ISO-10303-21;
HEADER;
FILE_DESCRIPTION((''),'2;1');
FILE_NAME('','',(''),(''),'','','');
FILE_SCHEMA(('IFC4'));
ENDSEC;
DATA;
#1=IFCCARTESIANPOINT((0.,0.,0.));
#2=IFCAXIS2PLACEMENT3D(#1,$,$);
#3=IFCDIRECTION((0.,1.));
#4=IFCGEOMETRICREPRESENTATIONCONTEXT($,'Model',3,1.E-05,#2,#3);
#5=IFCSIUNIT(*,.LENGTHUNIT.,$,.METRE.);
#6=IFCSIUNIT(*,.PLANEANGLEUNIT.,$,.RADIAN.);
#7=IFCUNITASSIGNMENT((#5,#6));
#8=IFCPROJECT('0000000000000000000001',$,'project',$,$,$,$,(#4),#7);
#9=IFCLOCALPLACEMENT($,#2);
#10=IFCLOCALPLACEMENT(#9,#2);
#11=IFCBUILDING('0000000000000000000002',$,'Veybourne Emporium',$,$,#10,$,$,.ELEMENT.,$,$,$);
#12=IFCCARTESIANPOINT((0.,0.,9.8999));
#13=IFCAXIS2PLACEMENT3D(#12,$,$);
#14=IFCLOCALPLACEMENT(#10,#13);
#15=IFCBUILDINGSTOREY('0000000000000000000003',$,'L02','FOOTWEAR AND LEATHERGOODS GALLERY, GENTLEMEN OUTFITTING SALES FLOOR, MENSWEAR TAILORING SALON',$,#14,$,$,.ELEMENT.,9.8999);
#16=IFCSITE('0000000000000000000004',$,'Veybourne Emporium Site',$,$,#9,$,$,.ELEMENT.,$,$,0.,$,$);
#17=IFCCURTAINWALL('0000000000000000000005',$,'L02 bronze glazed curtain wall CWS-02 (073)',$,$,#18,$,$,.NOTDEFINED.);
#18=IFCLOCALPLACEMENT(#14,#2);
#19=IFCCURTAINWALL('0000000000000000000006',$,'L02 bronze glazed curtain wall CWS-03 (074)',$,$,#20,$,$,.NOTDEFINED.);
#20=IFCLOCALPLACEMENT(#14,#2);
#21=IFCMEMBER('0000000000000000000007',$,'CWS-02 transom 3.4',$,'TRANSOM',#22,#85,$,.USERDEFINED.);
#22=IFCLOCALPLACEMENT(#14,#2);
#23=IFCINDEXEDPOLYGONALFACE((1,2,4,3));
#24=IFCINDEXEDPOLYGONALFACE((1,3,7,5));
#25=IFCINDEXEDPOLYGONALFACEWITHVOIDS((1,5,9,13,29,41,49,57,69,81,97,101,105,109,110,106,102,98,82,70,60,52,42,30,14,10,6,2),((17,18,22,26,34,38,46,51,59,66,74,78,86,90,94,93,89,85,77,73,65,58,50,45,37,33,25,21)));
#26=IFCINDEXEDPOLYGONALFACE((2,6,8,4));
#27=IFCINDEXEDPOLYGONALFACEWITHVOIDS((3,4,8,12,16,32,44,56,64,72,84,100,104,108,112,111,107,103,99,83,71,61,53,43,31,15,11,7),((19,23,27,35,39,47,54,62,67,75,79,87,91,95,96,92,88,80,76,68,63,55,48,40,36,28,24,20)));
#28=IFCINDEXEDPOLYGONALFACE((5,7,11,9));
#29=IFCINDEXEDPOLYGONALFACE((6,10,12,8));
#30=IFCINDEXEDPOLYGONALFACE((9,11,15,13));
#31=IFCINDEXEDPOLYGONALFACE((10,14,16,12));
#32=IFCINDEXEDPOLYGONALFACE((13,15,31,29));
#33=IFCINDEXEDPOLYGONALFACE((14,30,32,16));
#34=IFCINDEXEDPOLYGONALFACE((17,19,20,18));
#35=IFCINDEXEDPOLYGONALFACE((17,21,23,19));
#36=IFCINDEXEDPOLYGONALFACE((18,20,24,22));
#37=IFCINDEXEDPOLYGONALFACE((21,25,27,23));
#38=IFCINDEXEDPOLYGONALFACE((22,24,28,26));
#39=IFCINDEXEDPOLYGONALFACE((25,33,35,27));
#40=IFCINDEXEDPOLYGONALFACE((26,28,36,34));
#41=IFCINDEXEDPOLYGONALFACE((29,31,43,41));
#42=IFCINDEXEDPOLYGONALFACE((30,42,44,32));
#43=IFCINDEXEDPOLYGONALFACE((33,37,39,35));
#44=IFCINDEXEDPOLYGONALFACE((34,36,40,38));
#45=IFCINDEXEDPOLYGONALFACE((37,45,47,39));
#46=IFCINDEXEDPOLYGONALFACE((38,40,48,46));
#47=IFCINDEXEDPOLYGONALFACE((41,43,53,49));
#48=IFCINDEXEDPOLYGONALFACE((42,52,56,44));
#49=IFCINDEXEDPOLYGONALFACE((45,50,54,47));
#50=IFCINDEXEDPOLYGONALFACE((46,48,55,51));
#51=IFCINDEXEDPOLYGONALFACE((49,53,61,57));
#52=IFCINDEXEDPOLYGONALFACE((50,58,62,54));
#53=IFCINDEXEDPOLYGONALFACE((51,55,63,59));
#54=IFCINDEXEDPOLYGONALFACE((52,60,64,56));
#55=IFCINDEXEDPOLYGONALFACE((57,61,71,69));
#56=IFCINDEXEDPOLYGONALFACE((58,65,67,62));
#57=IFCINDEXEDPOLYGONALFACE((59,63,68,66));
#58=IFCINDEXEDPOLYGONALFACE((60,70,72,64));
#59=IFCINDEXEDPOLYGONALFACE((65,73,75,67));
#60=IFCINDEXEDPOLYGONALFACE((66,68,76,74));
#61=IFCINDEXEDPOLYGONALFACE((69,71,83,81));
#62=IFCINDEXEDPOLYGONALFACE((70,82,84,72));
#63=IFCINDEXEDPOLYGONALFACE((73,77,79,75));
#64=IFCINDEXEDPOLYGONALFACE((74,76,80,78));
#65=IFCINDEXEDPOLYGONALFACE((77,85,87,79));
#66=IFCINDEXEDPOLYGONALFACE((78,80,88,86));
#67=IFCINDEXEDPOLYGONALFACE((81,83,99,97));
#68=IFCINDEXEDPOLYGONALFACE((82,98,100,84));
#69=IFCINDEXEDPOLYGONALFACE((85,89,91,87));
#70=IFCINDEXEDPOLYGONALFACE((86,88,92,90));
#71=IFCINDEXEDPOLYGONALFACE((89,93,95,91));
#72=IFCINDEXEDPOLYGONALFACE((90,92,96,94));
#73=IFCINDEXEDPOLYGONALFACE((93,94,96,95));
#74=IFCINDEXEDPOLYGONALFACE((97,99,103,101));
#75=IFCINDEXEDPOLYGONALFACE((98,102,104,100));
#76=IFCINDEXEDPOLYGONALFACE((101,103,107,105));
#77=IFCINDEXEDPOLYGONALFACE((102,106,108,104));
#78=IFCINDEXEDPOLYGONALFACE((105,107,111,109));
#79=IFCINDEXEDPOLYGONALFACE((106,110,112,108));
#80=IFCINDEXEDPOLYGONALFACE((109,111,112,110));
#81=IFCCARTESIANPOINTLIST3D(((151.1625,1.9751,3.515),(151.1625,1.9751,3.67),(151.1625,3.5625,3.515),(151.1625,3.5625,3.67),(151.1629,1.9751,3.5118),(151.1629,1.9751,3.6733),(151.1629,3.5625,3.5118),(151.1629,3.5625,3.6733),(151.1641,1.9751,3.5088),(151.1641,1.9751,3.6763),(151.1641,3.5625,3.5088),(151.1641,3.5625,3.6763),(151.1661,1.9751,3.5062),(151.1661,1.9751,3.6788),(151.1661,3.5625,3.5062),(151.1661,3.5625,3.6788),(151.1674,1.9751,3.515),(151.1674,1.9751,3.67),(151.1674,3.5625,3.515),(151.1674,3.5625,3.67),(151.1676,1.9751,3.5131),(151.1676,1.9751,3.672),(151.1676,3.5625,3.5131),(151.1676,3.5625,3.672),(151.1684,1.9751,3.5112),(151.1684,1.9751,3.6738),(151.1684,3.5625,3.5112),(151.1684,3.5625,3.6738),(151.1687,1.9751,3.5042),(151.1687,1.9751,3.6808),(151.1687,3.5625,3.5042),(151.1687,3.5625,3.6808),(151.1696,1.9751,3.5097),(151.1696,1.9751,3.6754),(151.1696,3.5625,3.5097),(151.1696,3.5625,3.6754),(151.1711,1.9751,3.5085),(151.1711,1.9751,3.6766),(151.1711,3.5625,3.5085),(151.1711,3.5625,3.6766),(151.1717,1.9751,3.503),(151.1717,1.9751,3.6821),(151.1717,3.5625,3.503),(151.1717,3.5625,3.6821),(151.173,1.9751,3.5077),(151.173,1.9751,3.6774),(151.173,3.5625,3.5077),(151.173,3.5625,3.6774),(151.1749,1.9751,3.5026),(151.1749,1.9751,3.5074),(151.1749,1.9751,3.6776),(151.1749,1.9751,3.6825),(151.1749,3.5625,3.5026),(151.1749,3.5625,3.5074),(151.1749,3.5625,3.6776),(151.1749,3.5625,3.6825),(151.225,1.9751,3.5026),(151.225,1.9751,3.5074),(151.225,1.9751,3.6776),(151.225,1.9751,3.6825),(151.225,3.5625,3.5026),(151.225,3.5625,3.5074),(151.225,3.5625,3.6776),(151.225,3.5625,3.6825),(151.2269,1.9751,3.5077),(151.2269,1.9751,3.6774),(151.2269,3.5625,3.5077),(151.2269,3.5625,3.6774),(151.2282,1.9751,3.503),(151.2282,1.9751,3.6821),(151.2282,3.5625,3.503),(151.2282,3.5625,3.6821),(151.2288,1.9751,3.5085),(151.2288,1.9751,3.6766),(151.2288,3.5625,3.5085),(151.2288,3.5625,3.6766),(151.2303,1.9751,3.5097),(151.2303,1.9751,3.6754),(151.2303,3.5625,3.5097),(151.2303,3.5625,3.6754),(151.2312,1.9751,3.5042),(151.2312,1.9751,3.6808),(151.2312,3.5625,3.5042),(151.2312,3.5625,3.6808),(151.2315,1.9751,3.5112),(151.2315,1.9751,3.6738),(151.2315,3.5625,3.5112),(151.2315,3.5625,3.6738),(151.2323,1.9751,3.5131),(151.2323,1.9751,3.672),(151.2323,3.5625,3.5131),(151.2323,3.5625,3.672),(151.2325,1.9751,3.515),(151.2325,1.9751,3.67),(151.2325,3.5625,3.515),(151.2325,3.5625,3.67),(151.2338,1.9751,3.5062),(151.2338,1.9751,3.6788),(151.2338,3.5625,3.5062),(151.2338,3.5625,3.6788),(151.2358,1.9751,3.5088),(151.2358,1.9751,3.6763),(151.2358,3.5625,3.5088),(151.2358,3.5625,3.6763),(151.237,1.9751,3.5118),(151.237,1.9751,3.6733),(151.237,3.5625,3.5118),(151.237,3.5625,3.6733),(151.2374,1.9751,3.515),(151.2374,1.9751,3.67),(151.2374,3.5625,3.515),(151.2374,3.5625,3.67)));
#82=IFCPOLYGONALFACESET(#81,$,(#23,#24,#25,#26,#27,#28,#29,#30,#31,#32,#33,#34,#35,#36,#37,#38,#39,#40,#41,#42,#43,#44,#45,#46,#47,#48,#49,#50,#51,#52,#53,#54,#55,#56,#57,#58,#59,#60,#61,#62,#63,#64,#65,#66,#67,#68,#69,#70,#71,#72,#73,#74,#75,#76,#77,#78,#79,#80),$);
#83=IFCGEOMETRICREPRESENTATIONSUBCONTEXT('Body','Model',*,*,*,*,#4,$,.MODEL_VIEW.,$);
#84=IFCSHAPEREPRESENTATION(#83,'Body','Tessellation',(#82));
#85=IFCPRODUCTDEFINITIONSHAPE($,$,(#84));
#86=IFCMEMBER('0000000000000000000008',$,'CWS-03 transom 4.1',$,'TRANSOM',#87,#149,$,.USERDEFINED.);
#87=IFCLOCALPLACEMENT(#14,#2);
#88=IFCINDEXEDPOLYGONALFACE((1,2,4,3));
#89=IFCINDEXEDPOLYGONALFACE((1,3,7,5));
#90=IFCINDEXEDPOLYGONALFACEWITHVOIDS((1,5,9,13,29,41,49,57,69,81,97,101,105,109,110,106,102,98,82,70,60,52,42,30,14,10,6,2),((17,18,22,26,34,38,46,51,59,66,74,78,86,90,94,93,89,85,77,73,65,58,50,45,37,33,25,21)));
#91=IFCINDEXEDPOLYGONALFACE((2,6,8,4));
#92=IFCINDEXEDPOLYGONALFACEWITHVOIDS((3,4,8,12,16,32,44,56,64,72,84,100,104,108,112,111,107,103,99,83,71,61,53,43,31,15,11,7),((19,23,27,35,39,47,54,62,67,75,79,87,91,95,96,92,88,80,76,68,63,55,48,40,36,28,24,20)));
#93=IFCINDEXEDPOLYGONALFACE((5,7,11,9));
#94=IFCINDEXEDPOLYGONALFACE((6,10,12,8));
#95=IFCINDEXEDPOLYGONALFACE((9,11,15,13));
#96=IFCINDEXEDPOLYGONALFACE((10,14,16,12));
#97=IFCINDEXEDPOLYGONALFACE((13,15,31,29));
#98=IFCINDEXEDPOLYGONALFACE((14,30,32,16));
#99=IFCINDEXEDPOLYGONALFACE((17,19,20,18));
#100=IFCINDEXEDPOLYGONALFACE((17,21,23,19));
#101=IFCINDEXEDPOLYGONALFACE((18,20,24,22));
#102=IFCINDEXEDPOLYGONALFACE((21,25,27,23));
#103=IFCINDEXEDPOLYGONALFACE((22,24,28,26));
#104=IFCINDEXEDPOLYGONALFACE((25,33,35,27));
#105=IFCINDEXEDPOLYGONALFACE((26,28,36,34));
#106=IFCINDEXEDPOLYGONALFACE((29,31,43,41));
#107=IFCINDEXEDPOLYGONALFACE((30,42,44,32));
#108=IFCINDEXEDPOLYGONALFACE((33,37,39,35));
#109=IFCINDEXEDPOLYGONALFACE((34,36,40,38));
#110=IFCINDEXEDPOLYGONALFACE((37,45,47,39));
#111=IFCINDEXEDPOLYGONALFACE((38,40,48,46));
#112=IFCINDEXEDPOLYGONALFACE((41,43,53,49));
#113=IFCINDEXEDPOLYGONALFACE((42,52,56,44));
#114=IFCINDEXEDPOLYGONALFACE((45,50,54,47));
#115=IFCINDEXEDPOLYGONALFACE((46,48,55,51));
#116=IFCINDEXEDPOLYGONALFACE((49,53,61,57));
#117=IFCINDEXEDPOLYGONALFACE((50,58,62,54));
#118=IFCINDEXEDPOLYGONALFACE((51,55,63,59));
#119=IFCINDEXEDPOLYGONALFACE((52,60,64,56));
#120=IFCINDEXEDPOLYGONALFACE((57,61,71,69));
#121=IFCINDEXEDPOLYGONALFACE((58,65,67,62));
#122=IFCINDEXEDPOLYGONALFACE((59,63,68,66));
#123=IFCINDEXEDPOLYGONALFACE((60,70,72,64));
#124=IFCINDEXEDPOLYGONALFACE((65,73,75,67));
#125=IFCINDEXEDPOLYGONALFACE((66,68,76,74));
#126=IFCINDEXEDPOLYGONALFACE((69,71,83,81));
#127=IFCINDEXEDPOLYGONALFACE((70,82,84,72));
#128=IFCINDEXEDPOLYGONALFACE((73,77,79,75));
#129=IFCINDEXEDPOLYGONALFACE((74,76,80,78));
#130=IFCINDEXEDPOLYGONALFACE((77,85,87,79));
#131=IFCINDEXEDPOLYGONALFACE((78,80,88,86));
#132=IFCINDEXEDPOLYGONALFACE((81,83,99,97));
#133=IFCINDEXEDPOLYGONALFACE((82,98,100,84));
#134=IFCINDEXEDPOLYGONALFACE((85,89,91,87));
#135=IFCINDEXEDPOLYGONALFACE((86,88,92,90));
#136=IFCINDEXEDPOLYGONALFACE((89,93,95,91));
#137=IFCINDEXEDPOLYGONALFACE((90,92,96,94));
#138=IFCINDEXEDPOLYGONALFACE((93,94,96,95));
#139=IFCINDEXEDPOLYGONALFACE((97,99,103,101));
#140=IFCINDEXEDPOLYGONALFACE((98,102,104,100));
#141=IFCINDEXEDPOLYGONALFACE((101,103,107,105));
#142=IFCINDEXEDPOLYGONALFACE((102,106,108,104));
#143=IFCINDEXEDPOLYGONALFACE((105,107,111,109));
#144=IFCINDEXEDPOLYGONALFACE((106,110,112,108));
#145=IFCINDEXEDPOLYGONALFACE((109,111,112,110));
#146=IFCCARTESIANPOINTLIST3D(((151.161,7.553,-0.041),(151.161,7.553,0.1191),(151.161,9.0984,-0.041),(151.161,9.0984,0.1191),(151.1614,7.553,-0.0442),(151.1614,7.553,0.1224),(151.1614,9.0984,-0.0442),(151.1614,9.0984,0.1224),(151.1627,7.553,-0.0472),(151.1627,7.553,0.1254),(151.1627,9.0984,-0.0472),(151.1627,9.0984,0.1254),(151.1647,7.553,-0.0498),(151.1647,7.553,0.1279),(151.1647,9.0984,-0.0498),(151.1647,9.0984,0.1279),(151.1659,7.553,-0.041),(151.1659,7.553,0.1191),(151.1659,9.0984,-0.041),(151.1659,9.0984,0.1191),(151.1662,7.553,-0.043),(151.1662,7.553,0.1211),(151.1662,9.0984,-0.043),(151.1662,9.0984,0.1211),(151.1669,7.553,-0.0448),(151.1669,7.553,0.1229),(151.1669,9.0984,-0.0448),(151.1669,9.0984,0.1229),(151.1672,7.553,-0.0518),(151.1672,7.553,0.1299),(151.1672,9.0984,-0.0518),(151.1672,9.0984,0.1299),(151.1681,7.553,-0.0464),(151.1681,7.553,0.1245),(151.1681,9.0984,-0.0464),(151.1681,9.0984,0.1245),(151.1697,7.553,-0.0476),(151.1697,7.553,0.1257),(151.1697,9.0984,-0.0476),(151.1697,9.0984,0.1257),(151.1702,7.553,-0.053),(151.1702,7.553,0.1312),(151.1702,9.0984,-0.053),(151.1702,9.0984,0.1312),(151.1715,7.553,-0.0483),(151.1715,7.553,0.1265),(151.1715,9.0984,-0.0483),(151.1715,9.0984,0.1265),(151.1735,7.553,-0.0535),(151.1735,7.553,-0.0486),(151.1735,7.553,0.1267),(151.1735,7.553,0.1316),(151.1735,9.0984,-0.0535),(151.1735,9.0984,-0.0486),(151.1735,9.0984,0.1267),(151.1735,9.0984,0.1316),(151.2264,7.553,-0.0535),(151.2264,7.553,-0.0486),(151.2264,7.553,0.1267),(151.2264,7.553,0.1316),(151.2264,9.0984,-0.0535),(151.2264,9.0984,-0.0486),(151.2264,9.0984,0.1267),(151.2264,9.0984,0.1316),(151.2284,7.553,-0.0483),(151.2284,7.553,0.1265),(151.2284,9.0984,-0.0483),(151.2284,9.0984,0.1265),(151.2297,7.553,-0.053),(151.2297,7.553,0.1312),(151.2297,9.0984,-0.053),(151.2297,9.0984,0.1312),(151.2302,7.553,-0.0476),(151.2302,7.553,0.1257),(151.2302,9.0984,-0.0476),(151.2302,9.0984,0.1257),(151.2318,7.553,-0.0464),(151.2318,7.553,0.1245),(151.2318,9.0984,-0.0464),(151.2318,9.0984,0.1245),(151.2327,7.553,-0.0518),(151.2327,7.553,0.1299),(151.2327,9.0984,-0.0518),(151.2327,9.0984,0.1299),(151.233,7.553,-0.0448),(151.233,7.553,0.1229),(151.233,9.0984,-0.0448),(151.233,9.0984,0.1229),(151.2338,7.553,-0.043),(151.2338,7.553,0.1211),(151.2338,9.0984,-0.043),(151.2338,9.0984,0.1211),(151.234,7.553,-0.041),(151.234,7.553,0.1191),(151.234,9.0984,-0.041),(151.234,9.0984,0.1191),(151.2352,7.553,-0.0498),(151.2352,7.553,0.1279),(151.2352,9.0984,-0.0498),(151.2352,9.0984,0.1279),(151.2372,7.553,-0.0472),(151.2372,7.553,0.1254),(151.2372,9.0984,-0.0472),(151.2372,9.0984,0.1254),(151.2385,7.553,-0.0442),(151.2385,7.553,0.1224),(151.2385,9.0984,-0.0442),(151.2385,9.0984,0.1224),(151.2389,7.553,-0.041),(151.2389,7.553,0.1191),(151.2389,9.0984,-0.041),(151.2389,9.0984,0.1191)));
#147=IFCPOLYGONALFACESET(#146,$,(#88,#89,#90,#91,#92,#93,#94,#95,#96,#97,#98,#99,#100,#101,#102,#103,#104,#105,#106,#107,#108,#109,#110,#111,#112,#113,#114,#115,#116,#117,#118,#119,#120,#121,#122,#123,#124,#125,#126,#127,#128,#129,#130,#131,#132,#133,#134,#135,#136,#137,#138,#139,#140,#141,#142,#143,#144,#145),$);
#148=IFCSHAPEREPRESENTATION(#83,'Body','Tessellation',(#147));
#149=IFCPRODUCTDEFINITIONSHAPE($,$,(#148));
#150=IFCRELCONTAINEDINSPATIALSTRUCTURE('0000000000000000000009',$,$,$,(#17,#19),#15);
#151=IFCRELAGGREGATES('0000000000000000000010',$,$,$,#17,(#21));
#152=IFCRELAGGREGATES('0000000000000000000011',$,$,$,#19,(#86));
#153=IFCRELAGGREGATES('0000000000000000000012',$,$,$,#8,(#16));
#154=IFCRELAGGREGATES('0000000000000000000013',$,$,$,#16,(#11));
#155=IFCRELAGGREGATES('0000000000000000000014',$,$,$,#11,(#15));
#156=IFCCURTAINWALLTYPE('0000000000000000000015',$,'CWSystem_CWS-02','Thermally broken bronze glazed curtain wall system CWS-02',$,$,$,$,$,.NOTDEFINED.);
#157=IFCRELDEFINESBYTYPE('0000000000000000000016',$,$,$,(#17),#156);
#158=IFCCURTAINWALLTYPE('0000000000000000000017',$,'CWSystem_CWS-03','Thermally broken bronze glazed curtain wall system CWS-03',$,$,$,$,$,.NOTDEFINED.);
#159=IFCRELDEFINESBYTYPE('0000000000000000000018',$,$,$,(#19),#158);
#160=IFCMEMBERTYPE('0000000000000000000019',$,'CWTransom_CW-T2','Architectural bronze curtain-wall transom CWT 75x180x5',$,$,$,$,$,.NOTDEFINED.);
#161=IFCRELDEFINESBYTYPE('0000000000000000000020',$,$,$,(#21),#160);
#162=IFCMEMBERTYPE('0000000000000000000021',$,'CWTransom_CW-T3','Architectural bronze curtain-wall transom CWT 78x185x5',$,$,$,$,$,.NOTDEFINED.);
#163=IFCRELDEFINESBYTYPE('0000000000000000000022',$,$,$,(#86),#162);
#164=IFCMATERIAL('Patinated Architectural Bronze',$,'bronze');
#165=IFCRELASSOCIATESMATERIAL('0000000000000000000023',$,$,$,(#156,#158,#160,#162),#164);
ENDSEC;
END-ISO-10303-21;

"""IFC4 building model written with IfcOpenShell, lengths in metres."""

from ifc_helpers import new_model, si_unit, direction, frame, origin, origin_2d, place, context, subcontext, project, spatial, hollow_rectangle, extrude, material, material_profile, profile_set, type_object, element, aggregate, save


model = new_model("IFC4")

# Units and contexts
model_context = context("Model", 3, precision=1e-05, world=origin(), true_north=direction((0.0, 1.0)))
body_context = subcontext(model_context, "Body", "Model", "MODEL_VIEW")
ifc_project = project(units=[si_unit("LENGTHUNIT", "METRE"), si_unit("PLANEANGLEUNIT", "RADIAN")], contexts=[model_context])

# Site, building, storey
site_placement = place(None, origin())
site = spatial("IfcSite", under=ifc_project, at=site_placement, Name="Veybourne Emporium Site", CompositionType="ELEMENT", RefElevation=0.0)
building_placement = place(site_placement, origin())
building = spatial("IfcBuilding", under=site, at=building_placement, Name="Veybourne Emporium", CompositionType="ELEMENT")
storey_placement = place(building_placement, frame((0.0, 0.0, 9.8999)))
storey = spatial("IfcBuildingStorey", under=building, at=storey_placement, Name="L02", Description="FOOTWEAR AND LEATHERGOODS GALLERY, GENTLEMEN OUTFITTING SALES FLOOR, MENSWEAR TAILORING SALON", CompositionType="ELEMENT", Elevation=9.8999)

# Curtain walls
ifc_material_1 = material(Name="Patinated Architectural Bronze", Category="bronze")
curtain_wall_type_1 = type_object("IfcCurtainWallType", Name="CWSystem_CWS-02", Description="Thermally broken bronze glazed curtain wall system CWS-02", PredefinedType="NOTDEFINED", material=ifc_material_1)
curtain_wall_1_placement = place(storey_placement, origin())
curtain_wall_1 = element("IfcCurtainWall", 1, at=curtain_wall_1_placement, inside=storey, type_object=curtain_wall_type_1, Name="L02 bronze glazed curtain wall CWS-02 (073)", PredefinedType="NOTDEFINED")
curtain_wall_type_2 = type_object("IfcCurtainWallType", Name="CWSystem_CWS-03", Description="Thermally broken bronze glazed curtain wall system CWS-03", PredefinedType="NOTDEFINED", material=ifc_material_1)
curtain_wall_2_placement = place(storey_placement, origin())
curtain_wall_2 = element("IfcCurtainWall", 2, at=curtain_wall_2_placement, inside=storey, type_object=curtain_wall_type_2, Name="L02 bronze glazed curtain wall CWS-03 (074)", PredefinedType="NOTDEFINED")

# Members
ifc_material_profile_1 = material_profile(ifc_material_1, hollow_rectangle(XDim=0.075, YDim=0.1799, WallThickness=0.0049, InnerFilletRadius=0.0076, OuterFilletRadius=0.0125, at=origin_2d()), Name="CWT 75x180x5")
ifc_profile_set_1 = profile_set([ifc_material_profile_1], Name="Patinated Architectural Bronze")
member_type_1 = type_object("IfcMemberType", Name="CWTransom_CW-T2", Description="Architectural bronze curtain-wall transom CWT 75x180x5", PredefinedType="NOTDEFINED", material=ifc_profile_set_1)
member_1_placement = place(storey_placement, frame((151.2, 3.5625, 3.5925), z_axis=(0.0, -1.0, 0.0), x_axis=(1.0, 0.0, 0.0)))
member_1 = element("IfcMember", 3, at=member_1_placement, type_object=member_type_1, Name="CWS-02 transom 3.4", ObjectType="TRANSOM", PredefinedType="USERDEFINED", context=body_context, shape_type="SweptSolid", body=[
    extrude(hollow_rectangle(XDim=0.075, YDim=0.1799, WallThickness=0.0049, InnerFilletRadius=0.0076, OuterFilletRadius=0.0125, at=origin_2d()), origin(), (0.0, 0.0, 1.0), 1.5874),
])
ifc_material_profile_2 = material_profile(ifc_material_1, hollow_rectangle(XDim=0.0779, YDim=0.1851, WallThickness=0.0049, InnerFilletRadius=0.0076, OuterFilletRadius=0.0125, at=origin_2d()), Name="CWT 78x185x5")
ifc_profile_set_2 = profile_set([ifc_material_profile_2], Name="Patinated Architectural Bronze")
member_type_2 = type_object("IfcMemberType", Name="CWTransom_CW-T3", Description="Architectural bronze curtain-wall transom CWT 78x185x5", PredefinedType="NOTDEFINED", material=ifc_profile_set_2)
member_2_placement = place(storey_placement, frame((151.2, 9.0984, 0.0391), z_axis=(0.0, -1.0, 0.0), x_axis=(1.0, 0.0, 0.0)))
member_2 = element("IfcMember", 4, at=member_2_placement, type_object=member_type_2, Name="CWS-03 transom 4.1", ObjectType="TRANSOM", PredefinedType="USERDEFINED", context=body_context, shape_type="SweptSolid", body=[
    extrude(hollow_rectangle(XDim=0.0779, YDim=0.1851, WallThickness=0.0049, InnerFilletRadius=0.0076, OuterFilletRadius=0.0125, at=origin_2d()), origin(), (0.0, 0.0, 1.0), 1.5454),
])

aggregate(curtain_wall_1, [member_1])
aggregate(curtain_wall_2, [member_2])

save(model, "model.ifc")
